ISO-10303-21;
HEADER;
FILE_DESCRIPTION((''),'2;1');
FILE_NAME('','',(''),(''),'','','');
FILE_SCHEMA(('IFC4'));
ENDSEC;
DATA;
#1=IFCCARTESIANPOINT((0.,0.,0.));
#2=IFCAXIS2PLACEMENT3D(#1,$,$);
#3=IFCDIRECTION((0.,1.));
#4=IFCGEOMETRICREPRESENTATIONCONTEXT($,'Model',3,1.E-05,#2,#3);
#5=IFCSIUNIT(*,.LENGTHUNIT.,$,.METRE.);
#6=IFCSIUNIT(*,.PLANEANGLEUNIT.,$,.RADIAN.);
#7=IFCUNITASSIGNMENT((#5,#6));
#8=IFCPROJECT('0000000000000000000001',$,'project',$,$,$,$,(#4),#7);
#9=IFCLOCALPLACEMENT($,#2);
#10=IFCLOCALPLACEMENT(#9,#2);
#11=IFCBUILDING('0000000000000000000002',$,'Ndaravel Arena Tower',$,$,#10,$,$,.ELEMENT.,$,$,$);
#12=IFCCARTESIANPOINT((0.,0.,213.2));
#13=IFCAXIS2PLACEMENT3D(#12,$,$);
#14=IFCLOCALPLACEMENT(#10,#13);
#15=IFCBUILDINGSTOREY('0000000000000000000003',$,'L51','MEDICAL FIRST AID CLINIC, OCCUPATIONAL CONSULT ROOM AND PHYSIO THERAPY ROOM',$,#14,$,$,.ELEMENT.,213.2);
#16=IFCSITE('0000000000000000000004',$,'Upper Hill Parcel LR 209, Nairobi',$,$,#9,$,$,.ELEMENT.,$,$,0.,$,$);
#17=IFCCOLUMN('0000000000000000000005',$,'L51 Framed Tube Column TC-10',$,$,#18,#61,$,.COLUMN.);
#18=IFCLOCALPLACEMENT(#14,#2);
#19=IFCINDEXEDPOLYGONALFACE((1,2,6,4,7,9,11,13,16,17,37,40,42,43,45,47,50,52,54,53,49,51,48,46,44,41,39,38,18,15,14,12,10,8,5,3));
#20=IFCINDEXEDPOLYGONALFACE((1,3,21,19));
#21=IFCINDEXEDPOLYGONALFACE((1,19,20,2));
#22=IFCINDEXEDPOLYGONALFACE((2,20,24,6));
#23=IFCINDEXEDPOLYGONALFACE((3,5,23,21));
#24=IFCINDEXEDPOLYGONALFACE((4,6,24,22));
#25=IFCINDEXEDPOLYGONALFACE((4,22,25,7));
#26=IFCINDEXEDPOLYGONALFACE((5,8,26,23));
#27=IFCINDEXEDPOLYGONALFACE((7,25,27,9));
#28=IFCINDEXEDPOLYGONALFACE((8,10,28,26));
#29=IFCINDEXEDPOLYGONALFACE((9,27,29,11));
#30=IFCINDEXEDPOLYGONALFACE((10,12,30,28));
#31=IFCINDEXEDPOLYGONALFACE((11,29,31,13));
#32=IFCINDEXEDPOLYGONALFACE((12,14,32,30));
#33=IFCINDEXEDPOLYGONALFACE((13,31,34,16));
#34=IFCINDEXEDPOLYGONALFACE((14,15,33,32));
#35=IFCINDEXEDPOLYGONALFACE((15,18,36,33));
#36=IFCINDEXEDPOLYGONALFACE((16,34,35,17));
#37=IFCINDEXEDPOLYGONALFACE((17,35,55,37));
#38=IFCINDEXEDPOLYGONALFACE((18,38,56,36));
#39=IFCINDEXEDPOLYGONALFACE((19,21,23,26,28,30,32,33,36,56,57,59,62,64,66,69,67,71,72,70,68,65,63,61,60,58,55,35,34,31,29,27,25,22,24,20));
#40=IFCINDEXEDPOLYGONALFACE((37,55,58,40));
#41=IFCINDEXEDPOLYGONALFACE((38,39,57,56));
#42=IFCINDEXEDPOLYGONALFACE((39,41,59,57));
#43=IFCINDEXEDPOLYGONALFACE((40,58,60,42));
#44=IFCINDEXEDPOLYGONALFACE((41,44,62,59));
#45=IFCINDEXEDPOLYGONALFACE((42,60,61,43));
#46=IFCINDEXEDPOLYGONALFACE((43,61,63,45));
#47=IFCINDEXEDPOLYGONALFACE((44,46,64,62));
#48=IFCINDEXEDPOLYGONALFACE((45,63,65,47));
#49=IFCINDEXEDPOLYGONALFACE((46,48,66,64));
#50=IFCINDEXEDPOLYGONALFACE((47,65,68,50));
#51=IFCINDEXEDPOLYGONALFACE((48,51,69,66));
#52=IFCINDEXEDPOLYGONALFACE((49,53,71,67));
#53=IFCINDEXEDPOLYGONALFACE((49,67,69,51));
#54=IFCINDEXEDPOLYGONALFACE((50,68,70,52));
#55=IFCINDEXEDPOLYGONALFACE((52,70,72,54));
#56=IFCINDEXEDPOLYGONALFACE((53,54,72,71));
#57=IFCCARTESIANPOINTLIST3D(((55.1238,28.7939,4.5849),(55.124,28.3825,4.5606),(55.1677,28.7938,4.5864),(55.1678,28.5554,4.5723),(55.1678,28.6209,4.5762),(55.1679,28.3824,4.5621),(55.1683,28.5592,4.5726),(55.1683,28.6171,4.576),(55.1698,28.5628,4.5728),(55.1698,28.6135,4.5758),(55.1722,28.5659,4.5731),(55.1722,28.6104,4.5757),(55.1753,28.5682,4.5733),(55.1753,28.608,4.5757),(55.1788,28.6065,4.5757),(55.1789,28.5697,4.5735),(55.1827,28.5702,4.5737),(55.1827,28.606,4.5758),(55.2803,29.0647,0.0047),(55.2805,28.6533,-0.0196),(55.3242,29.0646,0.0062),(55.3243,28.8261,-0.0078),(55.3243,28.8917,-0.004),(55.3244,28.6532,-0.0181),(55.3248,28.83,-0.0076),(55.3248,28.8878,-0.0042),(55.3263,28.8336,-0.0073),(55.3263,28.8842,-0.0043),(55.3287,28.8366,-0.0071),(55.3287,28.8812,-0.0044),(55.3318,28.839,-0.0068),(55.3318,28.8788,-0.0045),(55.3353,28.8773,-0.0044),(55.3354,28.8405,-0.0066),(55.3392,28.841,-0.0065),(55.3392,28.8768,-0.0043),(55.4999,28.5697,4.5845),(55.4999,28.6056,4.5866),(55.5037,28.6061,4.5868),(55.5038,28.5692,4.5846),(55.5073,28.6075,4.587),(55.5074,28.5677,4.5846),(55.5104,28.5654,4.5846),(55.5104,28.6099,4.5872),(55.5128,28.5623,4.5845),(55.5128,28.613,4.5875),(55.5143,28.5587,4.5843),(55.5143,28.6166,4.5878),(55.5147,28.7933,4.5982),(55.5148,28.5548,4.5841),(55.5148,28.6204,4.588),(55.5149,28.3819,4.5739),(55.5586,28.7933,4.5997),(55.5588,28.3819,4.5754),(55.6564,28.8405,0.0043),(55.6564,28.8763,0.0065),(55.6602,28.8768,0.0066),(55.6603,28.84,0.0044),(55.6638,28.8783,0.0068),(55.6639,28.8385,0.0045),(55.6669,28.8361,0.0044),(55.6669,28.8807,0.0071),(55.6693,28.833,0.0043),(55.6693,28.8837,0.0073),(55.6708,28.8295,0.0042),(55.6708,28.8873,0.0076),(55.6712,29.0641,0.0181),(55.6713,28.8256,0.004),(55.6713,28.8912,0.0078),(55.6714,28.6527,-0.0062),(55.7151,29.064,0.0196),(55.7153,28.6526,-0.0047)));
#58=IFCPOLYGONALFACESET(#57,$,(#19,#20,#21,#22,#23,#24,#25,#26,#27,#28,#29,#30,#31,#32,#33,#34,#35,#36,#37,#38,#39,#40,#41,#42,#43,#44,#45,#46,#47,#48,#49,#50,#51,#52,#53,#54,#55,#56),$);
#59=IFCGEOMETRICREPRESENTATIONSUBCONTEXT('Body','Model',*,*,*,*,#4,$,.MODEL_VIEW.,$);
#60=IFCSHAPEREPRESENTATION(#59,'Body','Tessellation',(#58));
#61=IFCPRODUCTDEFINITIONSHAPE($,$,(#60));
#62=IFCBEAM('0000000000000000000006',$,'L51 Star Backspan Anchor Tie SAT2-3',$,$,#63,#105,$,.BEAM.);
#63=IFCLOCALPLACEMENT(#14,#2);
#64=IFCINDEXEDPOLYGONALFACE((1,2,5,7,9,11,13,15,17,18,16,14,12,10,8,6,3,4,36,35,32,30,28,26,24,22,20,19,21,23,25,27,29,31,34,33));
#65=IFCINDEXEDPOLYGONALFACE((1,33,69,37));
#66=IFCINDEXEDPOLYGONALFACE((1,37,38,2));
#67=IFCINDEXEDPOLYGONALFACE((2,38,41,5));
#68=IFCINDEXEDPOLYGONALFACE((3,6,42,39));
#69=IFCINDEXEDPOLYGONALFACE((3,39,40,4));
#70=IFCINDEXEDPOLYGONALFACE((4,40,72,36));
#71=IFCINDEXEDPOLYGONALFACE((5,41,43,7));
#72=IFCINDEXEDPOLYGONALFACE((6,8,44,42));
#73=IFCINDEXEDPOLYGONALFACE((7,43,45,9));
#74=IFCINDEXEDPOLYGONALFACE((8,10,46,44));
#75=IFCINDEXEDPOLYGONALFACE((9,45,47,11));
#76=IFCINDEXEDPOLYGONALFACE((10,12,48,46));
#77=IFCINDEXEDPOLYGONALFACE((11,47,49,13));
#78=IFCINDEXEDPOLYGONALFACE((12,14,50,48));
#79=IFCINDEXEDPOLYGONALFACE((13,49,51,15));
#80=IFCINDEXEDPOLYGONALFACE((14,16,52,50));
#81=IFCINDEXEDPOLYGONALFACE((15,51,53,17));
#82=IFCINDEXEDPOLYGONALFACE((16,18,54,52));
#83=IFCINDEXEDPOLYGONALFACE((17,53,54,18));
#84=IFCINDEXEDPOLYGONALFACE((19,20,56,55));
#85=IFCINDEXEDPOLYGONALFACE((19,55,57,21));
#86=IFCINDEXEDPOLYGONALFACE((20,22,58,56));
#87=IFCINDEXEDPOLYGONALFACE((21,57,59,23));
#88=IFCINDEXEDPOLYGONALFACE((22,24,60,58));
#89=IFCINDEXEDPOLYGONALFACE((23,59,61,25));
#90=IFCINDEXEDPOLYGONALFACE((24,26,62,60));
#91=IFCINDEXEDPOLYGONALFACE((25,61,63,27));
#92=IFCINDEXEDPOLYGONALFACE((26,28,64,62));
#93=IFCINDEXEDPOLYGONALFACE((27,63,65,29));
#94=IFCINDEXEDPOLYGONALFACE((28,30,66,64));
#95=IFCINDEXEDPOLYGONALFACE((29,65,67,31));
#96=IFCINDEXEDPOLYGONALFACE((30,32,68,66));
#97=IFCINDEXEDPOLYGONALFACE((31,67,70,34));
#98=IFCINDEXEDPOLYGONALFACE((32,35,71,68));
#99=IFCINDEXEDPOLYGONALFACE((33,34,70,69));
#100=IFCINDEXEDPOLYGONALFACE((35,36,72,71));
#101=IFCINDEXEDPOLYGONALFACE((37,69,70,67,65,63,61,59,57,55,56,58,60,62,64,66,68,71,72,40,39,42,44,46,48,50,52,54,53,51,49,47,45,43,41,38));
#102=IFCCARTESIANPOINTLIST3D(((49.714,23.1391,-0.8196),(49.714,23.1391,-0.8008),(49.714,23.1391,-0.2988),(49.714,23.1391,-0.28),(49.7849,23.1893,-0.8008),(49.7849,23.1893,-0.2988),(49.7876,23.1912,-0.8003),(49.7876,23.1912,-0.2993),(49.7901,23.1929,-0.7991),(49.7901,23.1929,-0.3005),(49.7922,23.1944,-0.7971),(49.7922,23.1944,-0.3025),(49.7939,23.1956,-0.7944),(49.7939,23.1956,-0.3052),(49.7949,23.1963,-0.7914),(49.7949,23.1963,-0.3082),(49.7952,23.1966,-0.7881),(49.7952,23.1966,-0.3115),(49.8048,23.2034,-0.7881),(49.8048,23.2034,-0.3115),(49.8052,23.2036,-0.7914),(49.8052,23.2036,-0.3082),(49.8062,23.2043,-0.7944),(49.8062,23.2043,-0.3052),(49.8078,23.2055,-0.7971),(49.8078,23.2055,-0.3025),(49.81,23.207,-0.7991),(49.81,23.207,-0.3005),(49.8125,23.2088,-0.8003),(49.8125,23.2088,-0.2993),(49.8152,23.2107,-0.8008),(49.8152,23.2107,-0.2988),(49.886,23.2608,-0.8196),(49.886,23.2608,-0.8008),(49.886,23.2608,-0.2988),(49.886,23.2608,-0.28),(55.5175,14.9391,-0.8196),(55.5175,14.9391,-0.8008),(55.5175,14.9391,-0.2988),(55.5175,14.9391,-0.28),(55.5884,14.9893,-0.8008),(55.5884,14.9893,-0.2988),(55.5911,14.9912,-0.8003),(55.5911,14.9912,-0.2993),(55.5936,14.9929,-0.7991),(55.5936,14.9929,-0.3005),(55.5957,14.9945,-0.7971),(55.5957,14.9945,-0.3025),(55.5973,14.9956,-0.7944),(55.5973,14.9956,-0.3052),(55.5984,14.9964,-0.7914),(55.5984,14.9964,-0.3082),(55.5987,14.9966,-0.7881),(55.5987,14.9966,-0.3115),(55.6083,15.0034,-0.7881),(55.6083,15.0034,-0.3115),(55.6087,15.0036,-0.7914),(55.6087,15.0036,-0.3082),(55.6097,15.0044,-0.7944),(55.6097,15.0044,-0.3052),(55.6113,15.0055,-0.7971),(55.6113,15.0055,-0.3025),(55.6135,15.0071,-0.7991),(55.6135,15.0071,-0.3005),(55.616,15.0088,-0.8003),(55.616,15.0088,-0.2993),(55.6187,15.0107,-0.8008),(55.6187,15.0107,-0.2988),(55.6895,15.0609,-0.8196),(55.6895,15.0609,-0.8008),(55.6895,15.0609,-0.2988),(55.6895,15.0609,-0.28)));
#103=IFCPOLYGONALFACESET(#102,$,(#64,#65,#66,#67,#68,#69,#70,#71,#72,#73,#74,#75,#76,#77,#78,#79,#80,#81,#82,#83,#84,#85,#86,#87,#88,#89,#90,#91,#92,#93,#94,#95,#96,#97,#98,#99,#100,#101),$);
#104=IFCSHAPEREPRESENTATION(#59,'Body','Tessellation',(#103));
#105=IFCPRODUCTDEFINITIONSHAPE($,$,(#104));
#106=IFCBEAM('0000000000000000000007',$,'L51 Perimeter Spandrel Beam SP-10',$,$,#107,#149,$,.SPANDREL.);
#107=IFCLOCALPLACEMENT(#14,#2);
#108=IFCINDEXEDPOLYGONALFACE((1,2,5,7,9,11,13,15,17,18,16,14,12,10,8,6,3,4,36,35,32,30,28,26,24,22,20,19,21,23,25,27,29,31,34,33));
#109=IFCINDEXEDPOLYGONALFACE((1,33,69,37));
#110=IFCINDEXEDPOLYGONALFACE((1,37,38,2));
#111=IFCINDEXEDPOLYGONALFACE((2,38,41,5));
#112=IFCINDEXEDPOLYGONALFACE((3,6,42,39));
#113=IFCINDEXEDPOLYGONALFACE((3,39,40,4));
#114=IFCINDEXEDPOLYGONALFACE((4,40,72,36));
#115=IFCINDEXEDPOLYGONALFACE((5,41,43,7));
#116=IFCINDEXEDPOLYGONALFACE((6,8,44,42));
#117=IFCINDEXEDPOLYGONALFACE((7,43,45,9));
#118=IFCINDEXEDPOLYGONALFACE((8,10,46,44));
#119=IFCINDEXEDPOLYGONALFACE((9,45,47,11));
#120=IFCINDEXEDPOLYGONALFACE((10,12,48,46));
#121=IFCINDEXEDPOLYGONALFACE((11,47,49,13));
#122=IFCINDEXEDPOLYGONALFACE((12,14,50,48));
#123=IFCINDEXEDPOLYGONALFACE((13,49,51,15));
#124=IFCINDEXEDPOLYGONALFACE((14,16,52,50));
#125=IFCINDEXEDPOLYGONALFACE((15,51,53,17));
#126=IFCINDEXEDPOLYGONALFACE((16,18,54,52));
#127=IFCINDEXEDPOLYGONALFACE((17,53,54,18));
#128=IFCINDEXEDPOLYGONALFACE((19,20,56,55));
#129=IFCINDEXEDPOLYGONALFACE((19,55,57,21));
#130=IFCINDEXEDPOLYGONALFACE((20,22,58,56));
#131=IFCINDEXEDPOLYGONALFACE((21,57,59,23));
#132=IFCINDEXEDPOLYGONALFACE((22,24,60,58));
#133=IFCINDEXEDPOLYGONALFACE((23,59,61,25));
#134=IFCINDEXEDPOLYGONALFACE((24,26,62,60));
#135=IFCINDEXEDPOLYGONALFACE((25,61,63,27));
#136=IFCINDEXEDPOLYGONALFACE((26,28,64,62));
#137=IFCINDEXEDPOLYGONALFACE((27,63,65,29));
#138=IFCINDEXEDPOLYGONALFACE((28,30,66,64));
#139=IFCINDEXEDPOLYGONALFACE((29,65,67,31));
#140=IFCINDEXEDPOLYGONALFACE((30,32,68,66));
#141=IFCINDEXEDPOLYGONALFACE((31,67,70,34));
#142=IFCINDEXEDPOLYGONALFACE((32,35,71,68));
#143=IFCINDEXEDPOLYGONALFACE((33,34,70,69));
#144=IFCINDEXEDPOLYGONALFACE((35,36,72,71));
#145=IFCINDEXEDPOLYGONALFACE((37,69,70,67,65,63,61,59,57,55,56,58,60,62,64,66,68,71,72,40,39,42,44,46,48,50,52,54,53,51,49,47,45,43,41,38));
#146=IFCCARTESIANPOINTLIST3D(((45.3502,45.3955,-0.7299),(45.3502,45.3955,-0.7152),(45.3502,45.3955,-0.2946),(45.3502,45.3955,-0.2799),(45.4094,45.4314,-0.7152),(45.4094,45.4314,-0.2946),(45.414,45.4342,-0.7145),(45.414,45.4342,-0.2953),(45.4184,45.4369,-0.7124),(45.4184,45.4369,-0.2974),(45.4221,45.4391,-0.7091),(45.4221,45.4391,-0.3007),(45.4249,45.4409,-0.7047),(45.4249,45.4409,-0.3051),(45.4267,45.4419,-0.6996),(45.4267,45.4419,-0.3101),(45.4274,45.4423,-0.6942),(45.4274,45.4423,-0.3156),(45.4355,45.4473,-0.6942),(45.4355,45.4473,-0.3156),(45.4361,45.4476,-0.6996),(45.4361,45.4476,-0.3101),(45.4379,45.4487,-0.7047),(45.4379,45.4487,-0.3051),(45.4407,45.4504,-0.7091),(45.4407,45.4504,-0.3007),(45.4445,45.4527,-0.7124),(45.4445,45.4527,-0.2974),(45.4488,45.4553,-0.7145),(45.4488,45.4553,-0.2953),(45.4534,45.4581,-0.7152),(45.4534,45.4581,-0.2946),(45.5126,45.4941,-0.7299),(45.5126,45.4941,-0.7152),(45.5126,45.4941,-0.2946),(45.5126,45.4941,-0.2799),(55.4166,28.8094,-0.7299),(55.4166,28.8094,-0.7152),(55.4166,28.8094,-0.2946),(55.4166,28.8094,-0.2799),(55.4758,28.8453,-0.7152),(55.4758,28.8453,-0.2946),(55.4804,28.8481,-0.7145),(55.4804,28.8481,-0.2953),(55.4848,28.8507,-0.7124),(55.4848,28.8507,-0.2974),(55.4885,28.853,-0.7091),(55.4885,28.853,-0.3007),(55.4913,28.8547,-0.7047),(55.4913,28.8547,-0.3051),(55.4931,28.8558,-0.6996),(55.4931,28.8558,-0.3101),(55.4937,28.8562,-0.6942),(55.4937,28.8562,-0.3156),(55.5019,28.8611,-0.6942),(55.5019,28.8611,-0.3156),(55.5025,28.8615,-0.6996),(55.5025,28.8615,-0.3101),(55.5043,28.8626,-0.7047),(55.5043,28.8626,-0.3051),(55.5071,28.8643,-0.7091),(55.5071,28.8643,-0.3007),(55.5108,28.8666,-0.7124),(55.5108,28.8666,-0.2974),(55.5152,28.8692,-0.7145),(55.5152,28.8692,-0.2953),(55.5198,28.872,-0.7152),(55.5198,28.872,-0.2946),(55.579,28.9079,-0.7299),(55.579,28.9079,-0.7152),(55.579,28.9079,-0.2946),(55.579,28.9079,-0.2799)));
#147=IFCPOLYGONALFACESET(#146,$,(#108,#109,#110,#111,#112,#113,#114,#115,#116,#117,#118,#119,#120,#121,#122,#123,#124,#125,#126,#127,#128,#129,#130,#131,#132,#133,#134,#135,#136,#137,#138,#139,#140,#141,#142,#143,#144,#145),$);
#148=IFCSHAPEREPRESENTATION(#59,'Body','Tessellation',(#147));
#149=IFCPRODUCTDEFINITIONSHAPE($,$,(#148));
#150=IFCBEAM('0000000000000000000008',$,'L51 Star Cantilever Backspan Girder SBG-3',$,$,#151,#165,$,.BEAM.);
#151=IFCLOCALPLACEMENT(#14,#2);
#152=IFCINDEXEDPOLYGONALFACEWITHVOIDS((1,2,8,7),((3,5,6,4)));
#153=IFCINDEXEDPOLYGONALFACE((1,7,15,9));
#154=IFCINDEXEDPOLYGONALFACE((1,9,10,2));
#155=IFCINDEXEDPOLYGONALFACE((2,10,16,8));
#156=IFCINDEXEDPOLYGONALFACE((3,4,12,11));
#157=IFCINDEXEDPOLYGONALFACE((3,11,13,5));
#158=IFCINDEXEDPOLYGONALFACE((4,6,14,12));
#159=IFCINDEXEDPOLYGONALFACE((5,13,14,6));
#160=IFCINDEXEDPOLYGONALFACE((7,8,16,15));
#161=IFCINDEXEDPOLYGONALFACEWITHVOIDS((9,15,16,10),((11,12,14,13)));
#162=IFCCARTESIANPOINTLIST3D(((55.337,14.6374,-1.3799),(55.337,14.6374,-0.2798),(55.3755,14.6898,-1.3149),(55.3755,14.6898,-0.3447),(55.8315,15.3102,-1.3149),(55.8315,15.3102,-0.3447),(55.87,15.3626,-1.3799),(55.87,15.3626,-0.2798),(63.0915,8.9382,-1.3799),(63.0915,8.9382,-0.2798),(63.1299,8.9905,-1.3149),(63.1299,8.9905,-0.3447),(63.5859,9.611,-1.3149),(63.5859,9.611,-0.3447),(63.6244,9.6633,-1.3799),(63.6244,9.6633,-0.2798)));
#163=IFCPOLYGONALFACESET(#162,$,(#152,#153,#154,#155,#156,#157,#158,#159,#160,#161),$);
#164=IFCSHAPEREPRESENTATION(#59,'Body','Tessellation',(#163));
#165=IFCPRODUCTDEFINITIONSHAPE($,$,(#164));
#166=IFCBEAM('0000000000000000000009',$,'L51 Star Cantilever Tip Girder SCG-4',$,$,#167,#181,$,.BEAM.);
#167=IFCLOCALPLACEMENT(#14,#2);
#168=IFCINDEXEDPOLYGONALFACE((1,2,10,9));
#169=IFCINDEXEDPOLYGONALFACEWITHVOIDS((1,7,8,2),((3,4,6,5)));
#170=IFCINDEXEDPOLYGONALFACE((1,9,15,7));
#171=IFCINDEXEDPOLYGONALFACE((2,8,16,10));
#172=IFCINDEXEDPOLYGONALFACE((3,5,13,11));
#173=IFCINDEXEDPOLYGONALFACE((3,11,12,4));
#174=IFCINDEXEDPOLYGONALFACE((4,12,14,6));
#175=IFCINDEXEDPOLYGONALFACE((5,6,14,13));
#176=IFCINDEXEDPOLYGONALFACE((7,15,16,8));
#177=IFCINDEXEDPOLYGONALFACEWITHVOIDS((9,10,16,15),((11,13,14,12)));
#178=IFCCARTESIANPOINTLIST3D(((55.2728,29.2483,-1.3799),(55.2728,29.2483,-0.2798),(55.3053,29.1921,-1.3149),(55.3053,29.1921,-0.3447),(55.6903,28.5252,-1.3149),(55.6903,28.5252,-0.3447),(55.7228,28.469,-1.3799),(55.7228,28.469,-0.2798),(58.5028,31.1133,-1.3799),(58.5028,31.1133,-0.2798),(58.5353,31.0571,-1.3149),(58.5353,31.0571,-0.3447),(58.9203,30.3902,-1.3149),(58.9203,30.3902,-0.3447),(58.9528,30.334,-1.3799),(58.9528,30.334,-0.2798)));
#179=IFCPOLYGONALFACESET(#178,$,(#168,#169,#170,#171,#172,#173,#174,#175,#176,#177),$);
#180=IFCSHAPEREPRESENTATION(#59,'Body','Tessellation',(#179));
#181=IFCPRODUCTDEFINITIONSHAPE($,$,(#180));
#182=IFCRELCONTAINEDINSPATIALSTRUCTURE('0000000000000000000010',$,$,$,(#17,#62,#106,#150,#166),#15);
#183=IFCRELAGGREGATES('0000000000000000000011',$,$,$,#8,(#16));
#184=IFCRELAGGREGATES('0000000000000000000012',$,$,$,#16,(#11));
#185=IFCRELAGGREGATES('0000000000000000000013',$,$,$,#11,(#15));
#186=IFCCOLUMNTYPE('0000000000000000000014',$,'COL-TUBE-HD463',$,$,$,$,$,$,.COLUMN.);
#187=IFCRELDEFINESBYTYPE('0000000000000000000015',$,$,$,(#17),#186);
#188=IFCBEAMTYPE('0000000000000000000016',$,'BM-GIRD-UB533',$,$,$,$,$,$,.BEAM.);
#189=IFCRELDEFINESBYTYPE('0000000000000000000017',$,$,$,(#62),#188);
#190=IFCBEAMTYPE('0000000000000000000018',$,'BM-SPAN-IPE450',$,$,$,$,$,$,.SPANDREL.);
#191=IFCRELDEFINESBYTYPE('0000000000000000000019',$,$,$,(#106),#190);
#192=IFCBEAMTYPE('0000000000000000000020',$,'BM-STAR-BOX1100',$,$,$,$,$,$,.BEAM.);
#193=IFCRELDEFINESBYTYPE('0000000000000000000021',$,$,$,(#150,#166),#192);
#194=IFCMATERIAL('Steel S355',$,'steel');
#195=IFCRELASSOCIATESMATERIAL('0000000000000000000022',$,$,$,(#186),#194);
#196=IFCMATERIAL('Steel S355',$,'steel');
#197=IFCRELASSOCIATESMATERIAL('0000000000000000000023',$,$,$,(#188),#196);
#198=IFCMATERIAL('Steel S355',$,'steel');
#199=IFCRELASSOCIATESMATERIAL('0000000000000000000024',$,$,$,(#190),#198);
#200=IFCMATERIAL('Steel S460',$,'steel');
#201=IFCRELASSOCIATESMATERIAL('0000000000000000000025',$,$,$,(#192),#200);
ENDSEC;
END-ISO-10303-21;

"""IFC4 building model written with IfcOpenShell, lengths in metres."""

from ifc_helpers import new_model, si_unit, direction, frame, origin, origin_2d, place, context, subcontext, project, spatial, hollow_rectangle, i_section, extrude, material, material_profile, profile_set, type_object, element, save


model = new_model("IFC4")

# Units and contexts
model_context = context("Model", 3, precision=1e-05, world=origin(), true_north=direction((0.0, 1.0)))
body_context = subcontext(model_context, "Body", "Model", "MODEL_VIEW")
ifc_project = project(units=[si_unit("LENGTHUNIT", "METRE"), si_unit("PLANEANGLEUNIT", "RADIAN")], contexts=[model_context])

# Site, building, storey
site_placement = place(None, origin())
site = spatial("IfcSite", under=ifc_project, at=site_placement, Name="Upper Hill Parcel LR 209, Nairobi", CompositionType="ELEMENT", RefElevation=0.0)
building_placement = place(site_placement, origin())
building = spatial("IfcBuilding", under=site, at=building_placement, Name="Ndaravel Arena Tower", CompositionType="ELEMENT")
storey_placement = place(building_placement, frame((0.0, 0.0, 213.2)))
storey = spatial("IfcBuildingStorey", under=building, at=storey_placement, Name="L51", Description="MEDICAL FIRST AID CLINIC, OCCUPATIONAL CONSULT ROOM AND PHYSIO THERAPY ROOM", CompositionType="ELEMENT", Elevation=213.2)

# Column
ifc_material_1 = material(Name="Steel S355", Category="steel")
ifc_material_profile_1 = material_profile(ifc_material_1, i_section(OverallWidth=0.4121, OverallDepth=0.4351, WebThickness=0.0359, FlangeThickness=0.0439, FilletRadius=0.0149, at=origin_2d()), Name="HD 400x463")
ifc_profile_set_1 = profile_set([ifc_material_profile_1], Name="Steel S355")
column_type = type_object("IfcColumnType", Name="COL-TUBE-HD463", PredefinedType="COLUMN", material=ifc_profile_set_1)
column_placement = place(storey_placement, frame((55.4978, 28.8586, 0.0), z_axis=(-0.034089, -0.058978, 0.997677), x_axis=(-0.000521, 0.998258, 0.058994)))
element("IfcColumn", 1, at=column_placement, inside=storey, type_object=column_type, Name="L51 Framed Tube Column TC-10", PredefinedType="COLUMN", context=body_context, shape_type="SweptSolid", body=[
    extrude(i_section(OverallWidth=0.4121, OverallDepth=0.4351, WebThickness=0.0359, FlangeThickness=0.0439, FilletRadius=0.0149, at=origin_2d()), origin(), (0.0, 0.0, 1.0), 4.5908),
])

# Beams
ifc_material_2 = material(Name="Steel S355", Category="steel")
ifc_material_profile_2 = material_profile(ifc_material_2, i_section(OverallWidth=0.2107, OverallDepth=0.5396, WebThickness=0.0117, FlangeThickness=0.0188, FilletRadius=0.0127, at=origin_2d()), Name="UB 533x210x109")
ifc_profile_set_2 = profile_set([ifc_material_profile_2], Name="Steel S355")
beam_type_1 = type_object("IfcBeamType", Name="BM-GIRD-UB533", PredefinedType="BEAM", material=ifc_profile_set_2)
beam_1_placement = place(storey_placement, frame((55.6035, 15.0, -0.5498), z_axis=(-0.577697, 0.816251, 0.0), x_axis=(-0.816251, -0.577697, 0.0)))
element("IfcBeam", 2, at=beam_1_placement, inside=storey, type_object=beam_type_1, Name="L51 Star Backspan Anchor Tie SAT2-3", PredefinedType="BEAM", context=body_context, shape_type="SweptSolid", body=[
    extrude(i_section(OverallWidth=0.2107, OverallDepth=0.5396, WebThickness=0.0117, FlangeThickness=0.0188, FilletRadius=0.0127, at=origin_2d()), origin(), (0.0, 0.0, 1.0), 10.0459),
])
ifc_material_3 = material(Name="Steel S355", Category="steel")
ifc_material_profile_3 = material_profile(ifc_material_3, i_section(OverallWidth=0.1899, OverallDepth=0.45, WebThickness=0.0095, FlangeThickness=0.0146, FilletRadius=0.021, at=origin_2d()), Name="IPE 450")
ifc_profile_set_3 = profile_set([ifc_material_profile_3], Name="Steel S355")
beam_type_2 = type_object("IfcBeamType", Name="BM-SPAN-IPE450", PredefinedType="SPANDREL", material=ifc_profile_set_3)
beam_2_placement = place(storey_placement, frame((55.4978, 28.8586, -0.5049), z_axis=(-0.518836, 0.854874, 0.0), x_axis=(-0.854874, -0.518836, 0.0)))
element("IfcBeam", 3, at=beam_2_placement, inside=storey, type_object=beam_type_2, Name="L51 Perimeter Spandrel Beam SP-10", PredefinedType="SPANDREL", context=body_context, shape_type="SweptSolid", body=[
    extrude(i_section(OverallWidth=0.1899, OverallDepth=0.45, WebThickness=0.0095, FlangeThickness=0.0146, FilletRadius=0.021, at=origin_2d()), origin(), (0.0, 0.0, 1.0), 19.4019),
])
ifc_material_4 = material(Name="Steel S460", Category="steel")
ifc_material_profile_4 = material_profile(ifc_material_4, hollow_rectangle(XDim=0.8999, YDim=1.1001, WallThickness=0.0649, at=origin_2d()), Name="BOX 1100x900x65")
ifc_profile_set_4 = profile_set([ifc_material_profile_4], Name="Steel S460")
beam_type_3 = type_object("IfcBeamType", Name="BM-STAR-BOX1100", PredefinedType="BEAM", material=ifc_profile_set_4)
beam_3_placement = place(storey_placement, frame((55.6035, 15.0, -0.8298), z_axis=(0.805777, -0.592219, 0.0), x_axis=(0.592219, 0.805777, 0.0)))
element("IfcBeam", 4, at=beam_3_placement, inside=storey, type_object=beam_type_3, Name="L51 Star Cantilever Backspan Girder SBG-3", PredefinedType="BEAM", context=body_context, shape_type="SweptSolid", body=[
    extrude(hollow_rectangle(XDim=0.8999, YDim=1.1001, WallThickness=0.0649, at=origin_2d()), origin(), (0.0, 0.0, 1.0), 9.6235),
])
beam_4_placement = place(storey_placement, frame((55.4978, 28.8586, -0.8298), z_axis=(0.866007, 0.500032, 0.0), x_axis=(-0.500032, 0.866007, 0.0)))
element("IfcBeam", 5, at=beam_4_placement, inside=storey, type_object=beam_type_3, Name="L51 Star Cantilever Tip Girder SCG-4", PredefinedType="BEAM", context=body_context, shape_type="SweptSolid", body=[
    extrude(hollow_rectangle(XDim=0.8999, YDim=1.1001, WallThickness=0.0649, at=origin_2d()), origin(), (0.0, 0.0, 1.0), 3.7297),
])

save(model, "model.ifc")
